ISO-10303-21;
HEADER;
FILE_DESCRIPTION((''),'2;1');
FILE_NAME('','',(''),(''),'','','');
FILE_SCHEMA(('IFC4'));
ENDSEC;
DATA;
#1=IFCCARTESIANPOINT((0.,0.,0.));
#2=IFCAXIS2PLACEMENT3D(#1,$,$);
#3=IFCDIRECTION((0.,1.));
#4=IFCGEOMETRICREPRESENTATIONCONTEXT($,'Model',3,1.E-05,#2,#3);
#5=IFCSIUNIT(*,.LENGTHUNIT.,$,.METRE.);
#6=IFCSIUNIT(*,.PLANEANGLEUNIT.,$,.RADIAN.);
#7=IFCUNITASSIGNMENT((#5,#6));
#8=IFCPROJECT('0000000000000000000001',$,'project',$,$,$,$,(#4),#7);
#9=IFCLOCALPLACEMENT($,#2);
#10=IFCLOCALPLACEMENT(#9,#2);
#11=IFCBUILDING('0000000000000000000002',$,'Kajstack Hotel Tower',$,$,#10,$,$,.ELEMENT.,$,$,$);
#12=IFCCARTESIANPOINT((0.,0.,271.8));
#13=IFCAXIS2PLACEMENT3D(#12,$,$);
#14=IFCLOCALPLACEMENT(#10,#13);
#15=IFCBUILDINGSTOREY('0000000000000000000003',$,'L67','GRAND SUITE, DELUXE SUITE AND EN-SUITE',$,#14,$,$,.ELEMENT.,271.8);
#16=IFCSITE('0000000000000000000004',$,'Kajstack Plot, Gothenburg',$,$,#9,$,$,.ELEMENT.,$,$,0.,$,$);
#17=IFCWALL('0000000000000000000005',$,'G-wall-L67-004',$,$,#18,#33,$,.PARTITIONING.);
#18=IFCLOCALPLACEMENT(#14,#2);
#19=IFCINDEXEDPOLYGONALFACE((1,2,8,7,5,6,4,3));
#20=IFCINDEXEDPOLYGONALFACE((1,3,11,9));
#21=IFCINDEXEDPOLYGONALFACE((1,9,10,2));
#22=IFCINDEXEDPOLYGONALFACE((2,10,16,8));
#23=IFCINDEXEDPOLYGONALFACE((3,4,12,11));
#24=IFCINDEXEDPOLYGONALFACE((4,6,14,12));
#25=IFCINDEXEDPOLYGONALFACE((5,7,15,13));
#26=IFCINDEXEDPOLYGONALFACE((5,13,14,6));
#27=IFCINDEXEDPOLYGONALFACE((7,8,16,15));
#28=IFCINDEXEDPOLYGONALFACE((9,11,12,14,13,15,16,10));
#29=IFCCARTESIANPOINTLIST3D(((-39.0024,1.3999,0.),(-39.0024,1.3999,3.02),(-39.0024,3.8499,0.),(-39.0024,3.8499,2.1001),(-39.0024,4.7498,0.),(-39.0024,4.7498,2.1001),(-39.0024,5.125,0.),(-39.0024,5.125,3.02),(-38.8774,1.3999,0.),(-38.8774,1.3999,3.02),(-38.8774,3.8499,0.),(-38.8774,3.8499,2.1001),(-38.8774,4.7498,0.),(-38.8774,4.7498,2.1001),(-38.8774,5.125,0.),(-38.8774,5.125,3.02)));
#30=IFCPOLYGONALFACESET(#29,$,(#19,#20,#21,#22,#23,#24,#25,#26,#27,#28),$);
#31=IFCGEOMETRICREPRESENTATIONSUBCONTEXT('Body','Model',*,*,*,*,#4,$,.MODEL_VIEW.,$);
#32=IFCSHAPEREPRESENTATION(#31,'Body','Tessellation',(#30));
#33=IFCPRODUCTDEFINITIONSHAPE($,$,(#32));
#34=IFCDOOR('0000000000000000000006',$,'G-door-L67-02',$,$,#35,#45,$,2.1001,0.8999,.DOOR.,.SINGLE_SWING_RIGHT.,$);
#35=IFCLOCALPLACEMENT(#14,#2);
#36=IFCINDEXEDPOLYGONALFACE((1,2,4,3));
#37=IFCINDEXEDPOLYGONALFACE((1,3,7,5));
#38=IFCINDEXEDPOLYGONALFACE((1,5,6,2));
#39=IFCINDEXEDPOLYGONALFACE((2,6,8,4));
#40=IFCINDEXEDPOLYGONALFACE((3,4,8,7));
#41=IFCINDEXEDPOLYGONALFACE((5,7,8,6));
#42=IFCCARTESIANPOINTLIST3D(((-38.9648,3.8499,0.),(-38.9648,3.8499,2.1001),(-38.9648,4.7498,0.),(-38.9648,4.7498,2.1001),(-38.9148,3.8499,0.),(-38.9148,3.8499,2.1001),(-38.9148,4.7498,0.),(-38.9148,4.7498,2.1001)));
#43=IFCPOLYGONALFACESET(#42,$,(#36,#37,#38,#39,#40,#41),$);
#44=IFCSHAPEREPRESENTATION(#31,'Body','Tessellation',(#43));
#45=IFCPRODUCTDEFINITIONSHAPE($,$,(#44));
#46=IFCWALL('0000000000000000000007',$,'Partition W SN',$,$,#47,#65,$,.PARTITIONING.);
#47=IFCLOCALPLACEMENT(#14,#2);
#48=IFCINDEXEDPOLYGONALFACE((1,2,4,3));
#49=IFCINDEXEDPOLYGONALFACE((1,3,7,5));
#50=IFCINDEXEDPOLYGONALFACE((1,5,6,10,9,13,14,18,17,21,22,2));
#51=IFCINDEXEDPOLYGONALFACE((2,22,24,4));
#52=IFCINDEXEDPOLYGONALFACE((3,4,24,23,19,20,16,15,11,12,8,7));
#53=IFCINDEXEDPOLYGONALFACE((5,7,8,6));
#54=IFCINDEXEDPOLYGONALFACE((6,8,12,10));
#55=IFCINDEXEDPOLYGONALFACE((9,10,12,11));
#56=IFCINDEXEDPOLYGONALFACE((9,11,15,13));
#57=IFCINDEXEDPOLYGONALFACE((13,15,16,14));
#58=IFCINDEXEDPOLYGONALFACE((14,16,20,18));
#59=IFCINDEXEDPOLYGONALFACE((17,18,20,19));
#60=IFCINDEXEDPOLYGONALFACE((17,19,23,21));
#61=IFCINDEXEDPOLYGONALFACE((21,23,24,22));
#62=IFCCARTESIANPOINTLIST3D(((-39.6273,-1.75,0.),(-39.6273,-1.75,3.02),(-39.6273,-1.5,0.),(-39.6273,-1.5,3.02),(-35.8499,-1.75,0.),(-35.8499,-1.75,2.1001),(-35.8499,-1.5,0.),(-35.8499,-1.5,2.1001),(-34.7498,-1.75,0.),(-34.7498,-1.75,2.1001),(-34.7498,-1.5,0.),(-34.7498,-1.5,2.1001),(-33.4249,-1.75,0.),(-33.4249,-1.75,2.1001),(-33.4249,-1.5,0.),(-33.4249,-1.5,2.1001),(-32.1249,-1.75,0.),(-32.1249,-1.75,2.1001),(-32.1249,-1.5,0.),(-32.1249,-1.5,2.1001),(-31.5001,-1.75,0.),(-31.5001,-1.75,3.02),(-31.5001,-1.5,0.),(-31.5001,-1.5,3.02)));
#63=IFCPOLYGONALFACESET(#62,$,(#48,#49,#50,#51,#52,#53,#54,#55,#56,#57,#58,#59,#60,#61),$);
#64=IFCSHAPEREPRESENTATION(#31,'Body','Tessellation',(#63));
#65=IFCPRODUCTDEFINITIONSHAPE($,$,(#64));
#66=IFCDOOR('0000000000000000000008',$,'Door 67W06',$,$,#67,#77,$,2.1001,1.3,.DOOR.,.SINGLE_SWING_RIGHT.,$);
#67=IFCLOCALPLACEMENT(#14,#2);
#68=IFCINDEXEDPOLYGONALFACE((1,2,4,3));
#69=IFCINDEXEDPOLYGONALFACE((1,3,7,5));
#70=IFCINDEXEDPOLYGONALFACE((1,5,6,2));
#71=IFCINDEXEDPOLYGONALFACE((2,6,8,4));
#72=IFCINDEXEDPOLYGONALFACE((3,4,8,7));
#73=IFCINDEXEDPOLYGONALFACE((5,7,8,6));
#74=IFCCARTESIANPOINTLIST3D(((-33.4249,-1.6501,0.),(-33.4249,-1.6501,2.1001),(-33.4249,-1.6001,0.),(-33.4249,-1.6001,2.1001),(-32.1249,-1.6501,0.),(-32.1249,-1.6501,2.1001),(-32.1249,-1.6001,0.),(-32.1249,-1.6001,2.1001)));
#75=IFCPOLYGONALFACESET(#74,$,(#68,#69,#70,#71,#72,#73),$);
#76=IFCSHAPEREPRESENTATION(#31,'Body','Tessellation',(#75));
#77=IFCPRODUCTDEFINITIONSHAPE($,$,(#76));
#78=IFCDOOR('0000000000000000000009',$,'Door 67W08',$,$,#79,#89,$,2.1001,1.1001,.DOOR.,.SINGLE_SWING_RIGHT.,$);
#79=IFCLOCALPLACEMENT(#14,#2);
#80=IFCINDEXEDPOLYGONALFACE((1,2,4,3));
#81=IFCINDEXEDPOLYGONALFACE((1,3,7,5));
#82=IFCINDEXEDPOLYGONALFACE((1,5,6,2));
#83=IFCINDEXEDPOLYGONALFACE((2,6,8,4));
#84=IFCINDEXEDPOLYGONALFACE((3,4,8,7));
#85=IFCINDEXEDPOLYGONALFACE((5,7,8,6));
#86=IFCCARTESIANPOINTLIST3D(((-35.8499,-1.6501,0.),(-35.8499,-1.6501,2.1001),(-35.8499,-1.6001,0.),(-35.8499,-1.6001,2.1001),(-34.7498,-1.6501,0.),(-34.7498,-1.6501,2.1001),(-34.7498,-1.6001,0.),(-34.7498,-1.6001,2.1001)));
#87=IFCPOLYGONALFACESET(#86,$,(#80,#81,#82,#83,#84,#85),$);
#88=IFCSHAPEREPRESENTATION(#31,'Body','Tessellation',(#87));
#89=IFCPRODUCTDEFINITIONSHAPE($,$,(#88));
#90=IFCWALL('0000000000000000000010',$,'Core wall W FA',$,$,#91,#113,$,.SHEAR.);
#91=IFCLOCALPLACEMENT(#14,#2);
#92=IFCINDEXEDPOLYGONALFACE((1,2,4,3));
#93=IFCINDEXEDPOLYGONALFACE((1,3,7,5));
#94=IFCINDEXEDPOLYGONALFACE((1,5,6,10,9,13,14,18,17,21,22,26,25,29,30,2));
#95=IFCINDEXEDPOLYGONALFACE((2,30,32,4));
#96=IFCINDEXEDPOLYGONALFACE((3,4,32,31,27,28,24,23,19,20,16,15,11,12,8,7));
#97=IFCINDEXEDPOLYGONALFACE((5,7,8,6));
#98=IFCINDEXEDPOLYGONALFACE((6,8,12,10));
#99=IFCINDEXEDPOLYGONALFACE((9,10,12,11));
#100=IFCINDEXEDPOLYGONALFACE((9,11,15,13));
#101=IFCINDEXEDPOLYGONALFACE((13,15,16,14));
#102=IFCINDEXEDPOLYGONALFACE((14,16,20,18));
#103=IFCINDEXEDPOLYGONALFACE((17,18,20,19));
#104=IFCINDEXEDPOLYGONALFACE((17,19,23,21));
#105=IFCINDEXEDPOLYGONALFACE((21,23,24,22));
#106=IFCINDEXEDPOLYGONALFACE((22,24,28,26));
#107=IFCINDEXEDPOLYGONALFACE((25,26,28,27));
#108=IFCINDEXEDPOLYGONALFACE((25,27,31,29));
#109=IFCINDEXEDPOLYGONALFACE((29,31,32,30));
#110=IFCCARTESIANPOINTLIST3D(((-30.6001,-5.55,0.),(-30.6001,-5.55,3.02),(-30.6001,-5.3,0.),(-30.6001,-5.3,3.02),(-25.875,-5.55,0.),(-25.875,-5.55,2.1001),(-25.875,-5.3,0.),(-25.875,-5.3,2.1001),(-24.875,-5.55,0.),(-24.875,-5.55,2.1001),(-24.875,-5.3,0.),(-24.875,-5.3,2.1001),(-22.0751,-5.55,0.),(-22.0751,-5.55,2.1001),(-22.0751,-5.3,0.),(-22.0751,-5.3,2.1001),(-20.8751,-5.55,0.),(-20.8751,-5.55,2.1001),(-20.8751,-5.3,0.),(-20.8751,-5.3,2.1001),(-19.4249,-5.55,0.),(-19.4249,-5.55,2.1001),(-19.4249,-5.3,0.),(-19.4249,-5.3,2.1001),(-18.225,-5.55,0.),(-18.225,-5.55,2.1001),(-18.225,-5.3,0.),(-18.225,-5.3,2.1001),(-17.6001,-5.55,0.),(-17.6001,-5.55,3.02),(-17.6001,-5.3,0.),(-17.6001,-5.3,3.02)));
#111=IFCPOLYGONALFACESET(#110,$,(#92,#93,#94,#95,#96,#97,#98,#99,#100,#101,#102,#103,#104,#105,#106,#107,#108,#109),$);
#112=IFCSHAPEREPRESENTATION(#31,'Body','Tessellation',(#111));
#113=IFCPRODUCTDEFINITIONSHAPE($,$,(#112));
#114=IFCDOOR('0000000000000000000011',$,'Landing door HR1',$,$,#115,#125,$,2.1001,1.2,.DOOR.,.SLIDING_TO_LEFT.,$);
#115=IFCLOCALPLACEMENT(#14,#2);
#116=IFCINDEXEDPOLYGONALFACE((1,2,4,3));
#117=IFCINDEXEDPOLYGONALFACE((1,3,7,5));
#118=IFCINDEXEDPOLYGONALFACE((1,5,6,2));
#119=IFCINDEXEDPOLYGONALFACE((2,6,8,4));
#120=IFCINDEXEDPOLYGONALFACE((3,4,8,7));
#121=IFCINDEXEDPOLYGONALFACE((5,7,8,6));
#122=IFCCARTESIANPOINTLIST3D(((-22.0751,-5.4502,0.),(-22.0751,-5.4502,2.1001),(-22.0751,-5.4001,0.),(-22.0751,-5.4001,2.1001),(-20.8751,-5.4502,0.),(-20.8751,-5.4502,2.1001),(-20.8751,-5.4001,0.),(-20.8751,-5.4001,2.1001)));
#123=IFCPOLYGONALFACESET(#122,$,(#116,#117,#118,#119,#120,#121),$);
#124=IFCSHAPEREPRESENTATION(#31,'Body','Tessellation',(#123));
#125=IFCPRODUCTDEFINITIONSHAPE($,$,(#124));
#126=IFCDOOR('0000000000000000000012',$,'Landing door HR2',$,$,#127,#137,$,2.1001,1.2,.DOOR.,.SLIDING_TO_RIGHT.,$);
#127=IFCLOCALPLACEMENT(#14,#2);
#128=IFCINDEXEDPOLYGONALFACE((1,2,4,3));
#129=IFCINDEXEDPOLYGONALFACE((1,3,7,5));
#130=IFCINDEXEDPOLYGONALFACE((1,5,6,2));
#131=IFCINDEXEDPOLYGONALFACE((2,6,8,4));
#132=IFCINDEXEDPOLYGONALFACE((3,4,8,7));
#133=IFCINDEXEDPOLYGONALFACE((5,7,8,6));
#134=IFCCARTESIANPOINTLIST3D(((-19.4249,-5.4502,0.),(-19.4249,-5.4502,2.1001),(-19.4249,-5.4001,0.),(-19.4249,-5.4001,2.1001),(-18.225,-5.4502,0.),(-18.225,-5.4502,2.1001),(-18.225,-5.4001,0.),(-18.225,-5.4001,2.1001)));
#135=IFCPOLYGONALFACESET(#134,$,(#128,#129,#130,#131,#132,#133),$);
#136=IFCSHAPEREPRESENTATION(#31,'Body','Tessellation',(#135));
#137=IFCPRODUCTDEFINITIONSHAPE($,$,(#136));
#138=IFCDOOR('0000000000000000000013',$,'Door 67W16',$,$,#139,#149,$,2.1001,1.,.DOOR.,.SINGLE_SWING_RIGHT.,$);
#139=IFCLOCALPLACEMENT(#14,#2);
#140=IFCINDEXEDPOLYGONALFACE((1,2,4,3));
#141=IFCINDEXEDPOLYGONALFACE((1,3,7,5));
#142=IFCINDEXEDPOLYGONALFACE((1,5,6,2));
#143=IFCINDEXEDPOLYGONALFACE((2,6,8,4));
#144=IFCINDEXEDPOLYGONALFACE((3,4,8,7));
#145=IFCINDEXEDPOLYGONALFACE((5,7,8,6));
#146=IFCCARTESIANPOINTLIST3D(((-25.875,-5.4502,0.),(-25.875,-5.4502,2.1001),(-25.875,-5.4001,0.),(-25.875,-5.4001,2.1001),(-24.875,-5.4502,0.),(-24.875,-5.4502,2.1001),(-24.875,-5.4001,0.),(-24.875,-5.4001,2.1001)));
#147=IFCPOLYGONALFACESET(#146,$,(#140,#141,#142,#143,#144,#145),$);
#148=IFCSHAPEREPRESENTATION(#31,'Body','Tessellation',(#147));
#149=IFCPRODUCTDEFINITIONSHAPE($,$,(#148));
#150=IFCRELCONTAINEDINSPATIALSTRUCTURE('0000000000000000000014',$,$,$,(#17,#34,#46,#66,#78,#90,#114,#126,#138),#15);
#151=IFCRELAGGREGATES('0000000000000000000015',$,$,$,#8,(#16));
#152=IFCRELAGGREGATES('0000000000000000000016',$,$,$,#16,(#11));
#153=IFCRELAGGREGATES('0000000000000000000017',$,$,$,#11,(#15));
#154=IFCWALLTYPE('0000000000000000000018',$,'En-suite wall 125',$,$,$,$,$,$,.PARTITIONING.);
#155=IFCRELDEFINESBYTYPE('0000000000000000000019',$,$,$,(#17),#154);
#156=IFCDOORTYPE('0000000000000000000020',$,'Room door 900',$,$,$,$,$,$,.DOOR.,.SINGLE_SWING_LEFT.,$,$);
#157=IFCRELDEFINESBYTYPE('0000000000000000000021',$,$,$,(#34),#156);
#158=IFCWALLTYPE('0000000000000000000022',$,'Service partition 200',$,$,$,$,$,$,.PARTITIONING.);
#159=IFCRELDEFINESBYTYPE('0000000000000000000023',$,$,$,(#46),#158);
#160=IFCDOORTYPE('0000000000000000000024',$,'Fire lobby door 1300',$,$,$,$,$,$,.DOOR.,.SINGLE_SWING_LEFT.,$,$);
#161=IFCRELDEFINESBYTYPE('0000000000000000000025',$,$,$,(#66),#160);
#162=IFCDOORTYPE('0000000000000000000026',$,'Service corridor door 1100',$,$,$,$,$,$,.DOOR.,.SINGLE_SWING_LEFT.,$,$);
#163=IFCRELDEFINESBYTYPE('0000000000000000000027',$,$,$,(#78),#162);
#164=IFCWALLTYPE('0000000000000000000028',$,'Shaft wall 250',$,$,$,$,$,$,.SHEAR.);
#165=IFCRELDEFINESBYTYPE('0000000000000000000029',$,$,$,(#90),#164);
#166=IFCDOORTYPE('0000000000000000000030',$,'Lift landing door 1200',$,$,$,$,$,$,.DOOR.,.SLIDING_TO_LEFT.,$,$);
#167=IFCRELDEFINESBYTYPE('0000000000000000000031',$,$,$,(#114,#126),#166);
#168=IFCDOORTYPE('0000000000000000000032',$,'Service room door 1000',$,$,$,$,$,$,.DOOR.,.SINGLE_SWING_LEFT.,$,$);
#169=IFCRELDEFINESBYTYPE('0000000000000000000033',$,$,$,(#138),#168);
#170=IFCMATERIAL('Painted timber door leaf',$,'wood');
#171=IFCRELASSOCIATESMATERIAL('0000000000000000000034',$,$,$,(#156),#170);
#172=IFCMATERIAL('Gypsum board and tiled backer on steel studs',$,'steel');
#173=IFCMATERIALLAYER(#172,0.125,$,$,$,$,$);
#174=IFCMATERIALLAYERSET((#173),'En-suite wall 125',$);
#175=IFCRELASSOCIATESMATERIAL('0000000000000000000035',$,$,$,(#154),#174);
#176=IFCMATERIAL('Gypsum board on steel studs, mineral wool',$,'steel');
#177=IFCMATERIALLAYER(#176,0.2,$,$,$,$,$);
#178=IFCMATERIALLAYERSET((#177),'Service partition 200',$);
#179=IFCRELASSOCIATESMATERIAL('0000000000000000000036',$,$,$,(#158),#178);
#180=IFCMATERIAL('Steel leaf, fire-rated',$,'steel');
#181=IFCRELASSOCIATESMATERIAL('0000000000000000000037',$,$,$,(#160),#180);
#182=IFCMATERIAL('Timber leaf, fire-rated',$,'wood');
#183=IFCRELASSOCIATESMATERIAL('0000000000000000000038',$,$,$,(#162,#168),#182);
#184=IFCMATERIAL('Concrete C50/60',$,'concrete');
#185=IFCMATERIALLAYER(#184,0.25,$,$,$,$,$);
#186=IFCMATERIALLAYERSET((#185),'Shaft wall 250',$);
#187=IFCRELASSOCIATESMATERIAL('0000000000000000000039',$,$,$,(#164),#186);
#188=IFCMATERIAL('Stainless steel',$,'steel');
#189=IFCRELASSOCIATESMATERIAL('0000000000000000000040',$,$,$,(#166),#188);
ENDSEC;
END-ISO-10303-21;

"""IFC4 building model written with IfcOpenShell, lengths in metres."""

from ifc_helpers import new_model, si_unit, direction, frame, frame_2d, origin, place, context, subcontext, project, spatial, rectangle, extrude, material, layer, layer_set, type_object, element, fill, save


model = new_model("IFC4")

# Units and contexts
model_context = context("Model", 3, precision=1e-05, world=origin(), true_north=direction((0.0, 1.0)))
body_context = subcontext(model_context, "Body", "Model", "MODEL_VIEW")
ifc_project = project(units=[si_unit("LENGTHUNIT", "METRE"), si_unit("PLANEANGLEUNIT", "RADIAN")], contexts=[model_context])

# Site, building, storey
site_placement = place(None, origin())
site = spatial("IfcSite", under=ifc_project, at=site_placement, Name="Kajstack Plot, Gothenburg", CompositionType="ELEMENT", RefElevation=0.0)
building_placement = place(site_placement, origin())
building = spatial("IfcBuilding", under=site, at=building_placement, Name="Kajstack Hotel Tower", CompositionType="ELEMENT")
storey_placement = place(building_placement, frame((0.0, 0.0, 271.8)))
storey = spatial("IfcBuildingStorey", under=building, at=storey_placement, Name="L67", Description="GRAND SUITE, DELUXE SUITE AND EN-SUITE", CompositionType="ELEMENT", Elevation=271.8)

# Shared definitions
ifc_material_1 = material(Name="Gypsum board on steel studs, mineral wool", Category="steel")
ifc_material_2 = material(Name="Painted timber door leaf", Category="wood")
door_type_1 = type_object("IfcDoorType", Name="Room door 900", OperationType="SINGLE_SWING_LEFT", PredefinedType="DOOR", material=ifc_material_2)

# Wall, opening, door
ifc_material_3 = material(Name="Gypsum board and tiled backer on steel studs", Category="steel")
ifc_layer_1 = layer(ifc_material_3, 0.125)
ifc_layer_set_1 = layer_set([ifc_layer_1], Name="En-suite wall 125")
wall_type_1 = type_object("IfcWallType", Name="En-suite wall 125", PredefinedType="PARTITIONING", material=ifc_layer_set_1)
wall_1_placement = place(storey_placement, frame((-38.9399, 1.3999, 0.0), z_axis=(0.0, 0.0, 1.0), x_axis=(0.0, 1.0, 0.0)))
wall_1 = element("IfcWall", 1, at=wall_1_placement, inside=storey, type_object=wall_type_1, Name="G-wall-L67-004", PredefinedType="PARTITIONING", context=body_context, shape_type="SweptSolid", body=[
    extrude(rectangle(XDim=3.7251, YDim=0.125, at=frame_2d((1.8625, 0.0))), origin(), (0.0, 0.0, 1.0), 3.02),
])
opening_1_placement = place(wall_1_placement, frame((2.45, 0.0, 0.0)))
opening_1 = element("IfcOpeningElement", 2, at=opening_1_placement, cuts=wall_1, PredefinedType="OPENING", context=body_context, shape_type="SweptSolid", body=[
    extrude(rectangle(XDim=0.8999, YDim=2.1001, at=frame_2d((0.45, 1.05))), frame((0.0, 0.0725, 0.0), z_axis=(0.0, -1.0, 0.0), x_axis=(1.0, 0.0, 0.0)), (0.0, 0.0, 1.0), 0.145),
])
door_1_placement = place(opening_1_placement, origin())
door_1 = element("IfcDoor", 3, at=door_1_placement, inside=storey, type_object=door_type_1, Name="G-door-L67-02", OperationType="SINGLE_SWING_RIGHT", OverallHeight=2.1001, OverallWidth=0.8999, PredefinedType="DOOR", context=body_context, shape_type="SweptSolid", body=[
    extrude(rectangle(XDim=0.8999, YDim=2.1001, at=frame_2d((0.45, 1.05))), frame((0.0, 0.0249, 0.0), z_axis=(0.0, -1.0, 0.0), x_axis=(1.0, 0.0, 0.0)), (0.0, 0.0, 1.0), 0.05),
])
fill(opening_1, door_1)

# Walls, openings, doors
ifc_layer_2 = layer(ifc_material_1, 0.2)
ifc_layer_set_2 = layer_set([ifc_layer_2], Name="Service partition 200")
wall_type_2 = type_object("IfcWallType", Name="Service partition 200", PredefinedType="PARTITIONING", material=ifc_layer_set_2)
wall_2_placement = place(storey_placement, frame((-39.6272, -1.625, 0.0), z_axis=(0.0, 0.0, 1.0), x_axis=(1.0, 0.0, 0.0)))
wall_2 = element("IfcWall", 4, at=wall_2_placement, inside=storey, type_object=wall_type_2, Name="Partition W SN", PredefinedType="PARTITIONING", context=body_context, shape_type="SweptSolid", body=[
    extrude(rectangle(XDim=8.1272, YDim=0.25, at=frame_2d((4.0635, 0.0))), origin(), (0.0, 0.0, 1.0), 3.02),
])
opening_2_placement = place(wall_2_placement, frame((6.2024, 0.0, 0.0)))
opening_2 = element("IfcOpeningElement", 5, at=opening_2_placement, cuts=wall_2, PredefinedType="OPENING", context=body_context, shape_type="SweptSolid", body=[
    extrude(rectangle(XDim=1.3, YDim=2.1001, at=frame_2d((0.6499, 1.05))), frame((0.0, 0.135, 0.0), z_axis=(0.0, -1.0, 0.0), x_axis=(1.0, 0.0, 0.0)), (0.0, 0.0, 1.0), 0.27),
])
opening_3_placement = place(wall_2_placement, frame((3.7773, 0.0, 0.0)))
opening_3 = element("IfcOpeningElement", 6, at=opening_3_placement, cuts=wall_2, PredefinedType="OPENING", context=body_context, shape_type="SweptSolid", body=[
    extrude(rectangle(XDim=1.1001, YDim=2.1001, at=frame_2d((0.55, 1.05))), frame((0.0, 0.135, 0.0), z_axis=(0.0, -1.0, 0.0), x_axis=(1.0, 0.0, 0.0)), (0.0, 0.0, 1.0), 0.27),
])
ifc_material_4 = material(Name="Steel leaf, fire-rated", Category="steel")
door_type_2 = type_object("IfcDoorType", Name="Fire lobby door 1300", OperationType="SINGLE_SWING_LEFT", PredefinedType="DOOR", material=ifc_material_4)
door_2_placement = place(opening_2_placement, origin())
door_2 = element("IfcDoor", 7, at=door_2_placement, inside=storey, type_object=door_type_2, Name="Door 67W06", OperationType="SINGLE_SWING_RIGHT", OverallHeight=2.1001, OverallWidth=1.3, PredefinedType="DOOR", context=body_context, shape_type="SweptSolid", body=[
    extrude(rectangle(XDim=1.3, YDim=2.1001, at=frame_2d((0.6499, 1.05))), frame((0.0, 0.0249, 0.0), z_axis=(0.0, -1.0, 0.0), x_axis=(1.0, 0.0, 0.0)), (0.0, 0.0, 1.0), 0.05),
])
fill(opening_2, door_2)
ifc_material_5 = material(Name="Timber leaf, fire-rated", Category="wood")
door_type_3 = type_object("IfcDoorType", Name="Service corridor door 1100", OperationType="SINGLE_SWING_LEFT", PredefinedType="DOOR", material=ifc_material_5)
door_3_placement = place(opening_3_placement, origin())
door_3 = element("IfcDoor", 8, at=door_3_placement, inside=storey, type_object=door_type_3, Name="Door 67W08", OperationType="SINGLE_SWING_RIGHT", OverallHeight=2.1001, OverallWidth=1.1001, PredefinedType="DOOR", context=body_context, shape_type="SweptSolid", body=[
    extrude(rectangle(XDim=1.1001, YDim=2.1001, at=frame_2d((0.55, 1.05))), frame((0.0, 0.0249, 0.0), z_axis=(0.0, -1.0, 0.0), x_axis=(1.0, 0.0, 0.0)), (0.0, 0.0, 1.0), 0.05),
])
fill(opening_3, door_3)
ifc_material_6 = material(Name="Concrete C50/60", Category="concrete")
ifc_layer_3 = layer(ifc_material_6, 0.25)
ifc_layer_set_3 = layer_set([ifc_layer_3], Name="Shaft wall 250")
wall_type_3 = type_object("IfcWallType", Name="Shaft wall 250", PredefinedType="SHEAR", material=ifc_layer_set_3)
wall_3_placement = place(storey_placement, frame((-30.6001, -5.425, 0.0), z_axis=(0.0, 0.0, 1.0), x_axis=(1.0, 0.0, 0.0)))
wall_3 = element("IfcWall", 9, at=wall_3_placement, inside=storey, type_object=wall_type_3, Name="Core wall W FA", PredefinedType="SHEAR", context=body_context, shape_type="SweptSolid", body=[
    extrude(rectangle(XDim=13.0, YDim=0.25, at=frame_2d((6.5, 0.0))), origin(), (0.0, 0.0, 1.0), 3.02),
])
opening_4_placement = place(wall_3_placement, frame((8.5249, 0.0, 0.0)))
opening_4 = element("IfcOpeningElement", 10, at=opening_4_placement, cuts=wall_3, PredefinedType="OPENING", context=body_context, shape_type="SweptSolid", body=[
    extrude(rectangle(XDim=1.2, YDim=2.1001, at=frame_2d((0.6001, 1.05))), frame((0.0, 0.135, 0.0), z_axis=(0.0, -1.0, 0.0), x_axis=(1.0, 0.0, 0.0)), (0.0, 0.0, 1.0), 0.27),
])
opening_5_placement = place(wall_3_placement, frame((11.175, 0.0, 0.0)))
opening_5 = element("IfcOpeningElement", 11, at=opening_5_placement, cuts=wall_3, PredefinedType="OPENING", context=body_context, shape_type="SweptSolid", body=[
    extrude(rectangle(XDim=1.2, YDim=2.1001, at=frame_2d((0.6001, 1.05))), frame((0.0, 0.135, 0.0), z_axis=(0.0, -1.0, 0.0), x_axis=(1.0, 0.0, 0.0)), (0.0, 0.0, 1.0), 0.27),
])
opening_6_placement = place(wall_3_placement, frame((4.7251, 0.0, 0.0)))
opening_6 = element("IfcOpeningElement", 12, at=opening_6_placement, cuts=wall_3, PredefinedType="OPENING", context=body_context, shape_type="SweptSolid", body=[
    extrude(rectangle(XDim=1.0, YDim=2.1001, at=frame_2d((0.5, 1.05))), frame((0.0, 0.135, 0.0), z_axis=(0.0, -1.0, 0.0), x_axis=(1.0, 0.0, 0.0)), (0.0, 0.0, 1.0), 0.27),
])
ifc_material_7 = material(Name="Stainless steel", Category="steel")
door_type_4 = type_object("IfcDoorType", Name="Lift landing door 1200", OperationType="SLIDING_TO_LEFT", PredefinedType="DOOR", material=ifc_material_7)
door_4_placement = place(opening_4_placement, origin())
door_4 = element("IfcDoor", 13, at=door_4_placement, inside=storey, type_object=door_type_4, Name="Landing door HR1", OperationType="SLIDING_TO_LEFT", OverallHeight=2.1001, OverallWidth=1.2, PredefinedType="DOOR", context=body_context, shape_type="SweptSolid", body=[
    extrude(rectangle(XDim=1.2, YDim=2.1001, at=frame_2d((0.6001, 1.05))), frame((0.0, 0.0249, 0.0), z_axis=(0.0, -1.0, 0.0), x_axis=(1.0, 0.0, 0.0)), (0.0, 0.0, 1.0), 0.05),
])
fill(opening_4, door_4)
door_5_placement = place(opening_5_placement, origin())
door_5 = element("IfcDoor", 14, at=door_5_placement, inside=storey, type_object=door_type_4, Name="Landing door HR2", OperationType="SLIDING_TO_RIGHT", OverallHeight=2.1001, OverallWidth=1.2, PredefinedType="DOOR", context=body_context, shape_type="SweptSolid", body=[
    extrude(rectangle(XDim=1.2, YDim=2.1001, at=frame_2d((0.6001, 1.05))), frame((0.0, 0.0249, 0.0), z_axis=(0.0, -1.0, 0.0), x_axis=(1.0, 0.0, 0.0)), (0.0, 0.0, 1.0), 0.05),
])
fill(opening_5, door_5)
door_type_5 = type_object("IfcDoorType", Name="Service room door 1000", OperationType="SINGLE_SWING_LEFT", PredefinedType="DOOR", material=ifc_material_5)
door_6_placement = place(opening_6_placement, origin())
door_6 = element("IfcDoor", 15, at=door_6_placement, inside=storey, type_object=door_type_5, Name="Door 67W16", OperationType="SINGLE_SWING_RIGHT", OverallHeight=2.1001, OverallWidth=1.0, PredefinedType="DOOR", context=body_context, shape_type="SweptSolid", body=[
    extrude(rectangle(XDim=1.0, YDim=2.1001, at=frame_2d((0.5, 1.05))), frame((0.0, 0.0249, 0.0), z_axis=(0.0, -1.0, 0.0), x_axis=(1.0, 0.0, 0.0)), (0.0, 0.0, 1.0), 0.05),
])
fill(opening_6, door_6)

save(model, "model.ifc")
